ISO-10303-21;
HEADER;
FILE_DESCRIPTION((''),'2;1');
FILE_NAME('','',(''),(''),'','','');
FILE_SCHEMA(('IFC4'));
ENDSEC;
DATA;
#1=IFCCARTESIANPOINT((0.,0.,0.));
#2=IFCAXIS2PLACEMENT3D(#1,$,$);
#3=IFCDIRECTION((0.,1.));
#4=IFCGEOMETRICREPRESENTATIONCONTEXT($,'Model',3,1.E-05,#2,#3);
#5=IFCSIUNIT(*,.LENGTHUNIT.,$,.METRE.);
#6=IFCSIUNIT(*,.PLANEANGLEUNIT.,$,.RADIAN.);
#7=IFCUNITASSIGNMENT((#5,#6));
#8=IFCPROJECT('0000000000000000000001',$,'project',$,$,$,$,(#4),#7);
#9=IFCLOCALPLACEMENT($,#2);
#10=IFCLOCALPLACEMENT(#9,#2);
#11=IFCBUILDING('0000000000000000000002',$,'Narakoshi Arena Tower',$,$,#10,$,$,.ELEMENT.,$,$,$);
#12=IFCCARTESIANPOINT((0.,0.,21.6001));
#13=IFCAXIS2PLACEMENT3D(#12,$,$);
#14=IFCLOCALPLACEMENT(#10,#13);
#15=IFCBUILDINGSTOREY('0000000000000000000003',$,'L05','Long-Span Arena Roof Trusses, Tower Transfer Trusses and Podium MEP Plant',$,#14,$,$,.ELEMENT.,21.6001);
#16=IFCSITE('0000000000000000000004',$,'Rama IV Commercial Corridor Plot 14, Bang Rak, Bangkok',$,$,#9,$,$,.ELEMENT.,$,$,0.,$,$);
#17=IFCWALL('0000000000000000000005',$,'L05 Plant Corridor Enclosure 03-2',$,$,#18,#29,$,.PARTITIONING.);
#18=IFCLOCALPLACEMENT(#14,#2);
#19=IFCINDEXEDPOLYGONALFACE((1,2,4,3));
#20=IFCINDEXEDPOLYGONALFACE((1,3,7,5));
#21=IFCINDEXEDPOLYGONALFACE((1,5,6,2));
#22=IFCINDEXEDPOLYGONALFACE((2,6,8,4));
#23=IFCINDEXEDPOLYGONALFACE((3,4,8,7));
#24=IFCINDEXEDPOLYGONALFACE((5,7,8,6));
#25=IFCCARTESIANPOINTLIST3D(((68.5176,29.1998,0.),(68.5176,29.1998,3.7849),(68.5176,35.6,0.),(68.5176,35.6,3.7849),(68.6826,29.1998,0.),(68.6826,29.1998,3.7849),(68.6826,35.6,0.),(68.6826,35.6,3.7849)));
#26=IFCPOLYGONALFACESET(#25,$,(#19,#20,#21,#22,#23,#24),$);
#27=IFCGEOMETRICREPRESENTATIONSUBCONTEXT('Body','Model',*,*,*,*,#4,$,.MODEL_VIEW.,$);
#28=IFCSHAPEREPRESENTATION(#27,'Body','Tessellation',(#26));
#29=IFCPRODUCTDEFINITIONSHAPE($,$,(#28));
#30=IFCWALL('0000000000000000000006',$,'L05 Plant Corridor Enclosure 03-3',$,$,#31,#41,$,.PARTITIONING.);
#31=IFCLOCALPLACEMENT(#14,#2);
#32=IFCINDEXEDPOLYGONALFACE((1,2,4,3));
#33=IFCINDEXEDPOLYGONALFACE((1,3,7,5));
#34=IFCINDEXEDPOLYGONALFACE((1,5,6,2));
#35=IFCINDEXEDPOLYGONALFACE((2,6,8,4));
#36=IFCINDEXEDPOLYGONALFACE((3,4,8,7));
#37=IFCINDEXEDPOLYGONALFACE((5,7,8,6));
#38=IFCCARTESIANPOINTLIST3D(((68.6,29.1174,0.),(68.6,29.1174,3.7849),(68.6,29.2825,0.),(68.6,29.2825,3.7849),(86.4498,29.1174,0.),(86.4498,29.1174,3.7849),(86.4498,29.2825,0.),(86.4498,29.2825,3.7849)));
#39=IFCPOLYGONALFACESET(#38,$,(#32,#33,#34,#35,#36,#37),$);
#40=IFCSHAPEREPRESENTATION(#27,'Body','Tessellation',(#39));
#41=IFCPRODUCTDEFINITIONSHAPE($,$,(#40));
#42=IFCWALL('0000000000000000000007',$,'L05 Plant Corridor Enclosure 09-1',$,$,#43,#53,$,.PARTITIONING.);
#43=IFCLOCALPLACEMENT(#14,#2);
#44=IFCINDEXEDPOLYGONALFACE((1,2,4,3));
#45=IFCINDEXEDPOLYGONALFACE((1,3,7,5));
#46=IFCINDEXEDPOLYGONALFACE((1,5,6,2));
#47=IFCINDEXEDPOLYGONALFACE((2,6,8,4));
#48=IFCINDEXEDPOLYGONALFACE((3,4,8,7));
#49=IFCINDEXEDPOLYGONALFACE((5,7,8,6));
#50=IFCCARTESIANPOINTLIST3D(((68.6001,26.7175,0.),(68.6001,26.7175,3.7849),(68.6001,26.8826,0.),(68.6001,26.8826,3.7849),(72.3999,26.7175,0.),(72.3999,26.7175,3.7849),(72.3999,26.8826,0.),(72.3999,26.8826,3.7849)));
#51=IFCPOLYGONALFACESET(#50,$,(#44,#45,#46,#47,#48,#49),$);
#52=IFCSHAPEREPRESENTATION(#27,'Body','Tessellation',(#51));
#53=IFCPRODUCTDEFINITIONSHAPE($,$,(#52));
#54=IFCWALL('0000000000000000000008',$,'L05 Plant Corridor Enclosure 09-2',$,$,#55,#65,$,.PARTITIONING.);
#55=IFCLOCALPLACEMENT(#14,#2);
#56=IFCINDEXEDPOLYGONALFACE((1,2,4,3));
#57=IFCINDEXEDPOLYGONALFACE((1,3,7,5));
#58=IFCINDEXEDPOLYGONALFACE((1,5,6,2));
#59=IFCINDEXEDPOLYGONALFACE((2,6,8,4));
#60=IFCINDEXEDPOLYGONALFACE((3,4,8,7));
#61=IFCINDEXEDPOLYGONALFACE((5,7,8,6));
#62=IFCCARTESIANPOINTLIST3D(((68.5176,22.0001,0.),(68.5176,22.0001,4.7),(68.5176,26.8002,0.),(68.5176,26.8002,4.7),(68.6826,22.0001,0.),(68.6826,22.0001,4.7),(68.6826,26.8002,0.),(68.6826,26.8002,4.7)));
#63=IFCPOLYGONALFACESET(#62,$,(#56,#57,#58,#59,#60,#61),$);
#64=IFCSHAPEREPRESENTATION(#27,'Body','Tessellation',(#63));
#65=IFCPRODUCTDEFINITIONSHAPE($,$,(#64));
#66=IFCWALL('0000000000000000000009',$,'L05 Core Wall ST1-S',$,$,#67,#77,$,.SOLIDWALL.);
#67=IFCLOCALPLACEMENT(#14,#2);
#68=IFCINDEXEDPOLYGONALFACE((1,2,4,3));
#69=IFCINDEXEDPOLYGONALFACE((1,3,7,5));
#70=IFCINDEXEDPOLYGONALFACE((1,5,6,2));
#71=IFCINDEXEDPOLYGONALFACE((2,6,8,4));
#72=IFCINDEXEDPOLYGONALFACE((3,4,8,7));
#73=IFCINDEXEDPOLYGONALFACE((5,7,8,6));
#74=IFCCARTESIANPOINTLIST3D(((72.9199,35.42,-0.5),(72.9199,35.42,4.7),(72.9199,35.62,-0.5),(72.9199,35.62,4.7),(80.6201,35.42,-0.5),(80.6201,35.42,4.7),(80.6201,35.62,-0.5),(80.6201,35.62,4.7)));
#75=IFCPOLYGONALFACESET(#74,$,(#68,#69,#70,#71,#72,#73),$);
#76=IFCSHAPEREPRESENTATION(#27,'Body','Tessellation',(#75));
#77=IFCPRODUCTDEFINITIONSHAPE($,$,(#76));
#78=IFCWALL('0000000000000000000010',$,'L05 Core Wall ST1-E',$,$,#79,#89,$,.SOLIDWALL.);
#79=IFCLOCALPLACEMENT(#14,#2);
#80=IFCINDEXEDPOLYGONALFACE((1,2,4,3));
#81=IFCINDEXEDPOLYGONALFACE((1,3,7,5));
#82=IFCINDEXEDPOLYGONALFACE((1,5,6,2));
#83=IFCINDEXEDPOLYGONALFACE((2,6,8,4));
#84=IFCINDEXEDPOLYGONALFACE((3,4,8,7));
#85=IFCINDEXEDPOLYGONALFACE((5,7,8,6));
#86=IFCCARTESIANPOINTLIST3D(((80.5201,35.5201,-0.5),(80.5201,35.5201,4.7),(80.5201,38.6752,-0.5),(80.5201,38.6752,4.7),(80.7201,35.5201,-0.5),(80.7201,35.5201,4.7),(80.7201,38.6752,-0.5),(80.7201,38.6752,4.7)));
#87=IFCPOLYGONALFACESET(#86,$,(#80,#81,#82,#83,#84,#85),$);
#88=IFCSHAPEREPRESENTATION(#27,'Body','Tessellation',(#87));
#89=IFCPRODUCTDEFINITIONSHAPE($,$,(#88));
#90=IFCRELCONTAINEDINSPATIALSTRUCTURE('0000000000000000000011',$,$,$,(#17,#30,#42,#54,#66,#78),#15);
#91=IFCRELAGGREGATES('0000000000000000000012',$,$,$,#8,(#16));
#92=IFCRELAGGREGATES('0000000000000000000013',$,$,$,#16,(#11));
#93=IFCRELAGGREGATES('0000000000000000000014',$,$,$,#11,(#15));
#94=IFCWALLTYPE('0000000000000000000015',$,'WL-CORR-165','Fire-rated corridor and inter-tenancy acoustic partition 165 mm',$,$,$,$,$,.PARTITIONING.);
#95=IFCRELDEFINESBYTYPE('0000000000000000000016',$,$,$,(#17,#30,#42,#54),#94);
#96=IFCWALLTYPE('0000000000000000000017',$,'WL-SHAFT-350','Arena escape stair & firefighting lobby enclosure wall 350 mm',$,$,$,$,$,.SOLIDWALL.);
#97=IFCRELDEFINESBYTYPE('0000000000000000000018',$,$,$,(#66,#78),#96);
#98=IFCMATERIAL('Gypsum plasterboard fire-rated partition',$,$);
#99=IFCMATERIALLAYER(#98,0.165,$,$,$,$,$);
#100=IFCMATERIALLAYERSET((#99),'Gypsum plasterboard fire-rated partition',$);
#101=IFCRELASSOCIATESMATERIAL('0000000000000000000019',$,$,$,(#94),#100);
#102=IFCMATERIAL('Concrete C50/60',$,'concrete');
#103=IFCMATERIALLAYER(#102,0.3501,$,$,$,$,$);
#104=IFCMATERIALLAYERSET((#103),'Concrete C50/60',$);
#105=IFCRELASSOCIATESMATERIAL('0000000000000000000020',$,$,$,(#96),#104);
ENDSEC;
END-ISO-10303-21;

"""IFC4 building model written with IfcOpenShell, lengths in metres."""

from ifc_helpers import new_model, si_unit, direction, frame, frame_2d, origin, place, context, subcontext, project, spatial, rectangle, extrude, material, layer, layer_set, type_object, element, save


model = new_model("IFC4")

# Units and contexts
model_context = context("Model", 3, precision=1e-05, world=origin(), true_north=direction((0.0, 1.0)))
body_context = subcontext(model_context, "Body", "Model", "MODEL_VIEW")
ifc_project = project(units=[si_unit("LENGTHUNIT", "METRE"), si_unit("PLANEANGLEUNIT", "RADIAN")], contexts=[model_context])

# Site, building, storey
site_placement = place(None, origin())
site = spatial("IfcSite", under=ifc_project, at=site_placement, Name="Rama IV Commercial Corridor Plot 14, Bang Rak, Bangkok", CompositionType="ELEMENT", RefElevation=0.0)
building_placement = place(site_placement, origin())
building = spatial("IfcBuilding", under=site, at=building_placement, Name="Narakoshi Arena Tower", CompositionType="ELEMENT")
storey_placement = place(building_placement, frame((0.0, 0.0, 21.6001)))
storey = spatial("IfcBuildingStorey", under=building, at=storey_placement, Name="L05", Description="Long-Span Arena Roof Trusses, Tower Transfer Trusses and Podium MEP Plant", CompositionType="ELEMENT", Elevation=21.6001)

# Walls
ifc_material_1 = material(Name="Gypsum plasterboard fire-rated partition")
ifc_layer_1 = layer(ifc_material_1, 0.165)
ifc_layer_set_1 = layer_set([ifc_layer_1], Name="Gypsum plasterboard fire-rated partition")
wall_type_1 = type_object("IfcWallType", Name="WL-CORR-165", Description="Fire-rated corridor and inter-tenancy acoustic partition 165 mm", PredefinedType="PARTITIONING", material=ifc_layer_set_1)
wall_1_placement = place(storey_placement, frame((68.6001, 35.6001, 0.0), z_axis=(0.0, 0.0, 1.0), x_axis=(0.0, -1.0, 0.0)))
element("IfcWall", 1, at=wall_1_placement, inside=storey, type_object=wall_type_1, Name="L05 Plant Corridor Enclosure 03-2", PredefinedType="PARTITIONING", context=body_context, shape_type="SweptSolid", body=[
    extrude(rectangle(XDim=6.4001, YDim=0.165, at=frame_2d((3.2002, 0.0))), origin(), (0.0, 0.0, 1.0), 3.7849),
])
wall_2_placement = place(storey_placement, frame((68.6001, 29.2, 0.0), z_axis=(0.0, 0.0, 1.0), x_axis=(1.0, 0.0, 0.0)))
element("IfcWall", 2, at=wall_2_placement, inside=storey, type_object=wall_type_1, Name="L05 Plant Corridor Enclosure 03-3", PredefinedType="PARTITIONING", context=body_context, shape_type="SweptSolid", body=[
    extrude(rectangle(XDim=17.8499, YDim=0.165, at=frame_2d((8.9248, 0.0))), origin(), (0.0, 0.0, 1.0), 3.7849),
])
wall_3_placement = place(storey_placement, frame((72.3999, 26.8, 0.0), z_axis=(0.0, 0.0, 1.0), x_axis=(-1.0, 0.0, 0.0)))
element("IfcWall", 3, at=wall_3_placement, inside=storey, type_object=wall_type_1, Name="L05 Plant Corridor Enclosure 09-1", PredefinedType="PARTITIONING", context=body_context, shape_type="SweptSolid", body=[
    extrude(rectangle(XDim=3.7998, YDim=0.165, at=frame_2d((1.8999, 0.0))), origin(), (0.0, 0.0, 1.0), 3.7849),
])
wall_4_placement = place(storey_placement, frame((68.6001, 26.8, 0.0), z_axis=(0.0, 0.0, 1.0), x_axis=(0.0, -1.0, 0.0)))
element("IfcWall", 4, at=wall_4_placement, inside=storey, type_object=wall_type_1, Name="L05 Plant Corridor Enclosure 09-2", PredefinedType="PARTITIONING", context=body_context, shape_type="SweptSolid", body=[
    extrude(rectangle(XDim=4.8, YDim=0.165, at=frame_2d((2.3999, 0.0))), origin(), (0.0, 0.0, 1.0), 4.7),
])
ifc_material_2 = material(Name="Concrete C50/60", Category="concrete")
ifc_layer_2 = layer(ifc_material_2, 0.3501)
ifc_layer_set_2 = layer_set([ifc_layer_2], Name="Concrete C50/60")
wall_type_2 = type_object("IfcWallType", Name="WL-SHAFT-350", Description="Arena escape stair & firefighting lobby enclosure wall 350 mm", PredefinedType="SOLIDWALL", material=ifc_layer_set_2)
wall_5_placement = place(storey_placement, frame((72.9199, 35.52, -0.5), z_axis=(0.0, 0.0, 1.0), x_axis=(1.0, 0.0, 0.0)))
element("IfcWall", 5, at=wall_5_placement, inside=storey, type_object=wall_type_2, Name="L05 Core Wall ST1-S", PredefinedType="SOLIDWALL", context=body_context, shape_type="SweptSolid", body=[
    extrude(rectangle(XDim=7.7002, YDim=0.2, at=frame_2d((3.8501, 0.0))), origin(), (0.0, 0.0, 1.0), 5.2),
])
wall_6_placement = place(storey_placement, frame((80.6201, 35.52, -0.5), z_axis=(0.0, 0.0, 1.0), x_axis=(0.0, 1.0, 0.0)))
element("IfcWall", 6, at=wall_6_placement, inside=storey, type_object=wall_type_2, Name="L05 Core Wall ST1-E", PredefinedType="SOLIDWALL", context=body_context, shape_type="SweptSolid", body=[
    extrude(rectangle(XDim=3.155, YDim=0.2, at=frame_2d((1.5776, 0.0))), origin(), (0.0, 0.0, 1.0), 5.2),
])

save(model, "model.ifc")
